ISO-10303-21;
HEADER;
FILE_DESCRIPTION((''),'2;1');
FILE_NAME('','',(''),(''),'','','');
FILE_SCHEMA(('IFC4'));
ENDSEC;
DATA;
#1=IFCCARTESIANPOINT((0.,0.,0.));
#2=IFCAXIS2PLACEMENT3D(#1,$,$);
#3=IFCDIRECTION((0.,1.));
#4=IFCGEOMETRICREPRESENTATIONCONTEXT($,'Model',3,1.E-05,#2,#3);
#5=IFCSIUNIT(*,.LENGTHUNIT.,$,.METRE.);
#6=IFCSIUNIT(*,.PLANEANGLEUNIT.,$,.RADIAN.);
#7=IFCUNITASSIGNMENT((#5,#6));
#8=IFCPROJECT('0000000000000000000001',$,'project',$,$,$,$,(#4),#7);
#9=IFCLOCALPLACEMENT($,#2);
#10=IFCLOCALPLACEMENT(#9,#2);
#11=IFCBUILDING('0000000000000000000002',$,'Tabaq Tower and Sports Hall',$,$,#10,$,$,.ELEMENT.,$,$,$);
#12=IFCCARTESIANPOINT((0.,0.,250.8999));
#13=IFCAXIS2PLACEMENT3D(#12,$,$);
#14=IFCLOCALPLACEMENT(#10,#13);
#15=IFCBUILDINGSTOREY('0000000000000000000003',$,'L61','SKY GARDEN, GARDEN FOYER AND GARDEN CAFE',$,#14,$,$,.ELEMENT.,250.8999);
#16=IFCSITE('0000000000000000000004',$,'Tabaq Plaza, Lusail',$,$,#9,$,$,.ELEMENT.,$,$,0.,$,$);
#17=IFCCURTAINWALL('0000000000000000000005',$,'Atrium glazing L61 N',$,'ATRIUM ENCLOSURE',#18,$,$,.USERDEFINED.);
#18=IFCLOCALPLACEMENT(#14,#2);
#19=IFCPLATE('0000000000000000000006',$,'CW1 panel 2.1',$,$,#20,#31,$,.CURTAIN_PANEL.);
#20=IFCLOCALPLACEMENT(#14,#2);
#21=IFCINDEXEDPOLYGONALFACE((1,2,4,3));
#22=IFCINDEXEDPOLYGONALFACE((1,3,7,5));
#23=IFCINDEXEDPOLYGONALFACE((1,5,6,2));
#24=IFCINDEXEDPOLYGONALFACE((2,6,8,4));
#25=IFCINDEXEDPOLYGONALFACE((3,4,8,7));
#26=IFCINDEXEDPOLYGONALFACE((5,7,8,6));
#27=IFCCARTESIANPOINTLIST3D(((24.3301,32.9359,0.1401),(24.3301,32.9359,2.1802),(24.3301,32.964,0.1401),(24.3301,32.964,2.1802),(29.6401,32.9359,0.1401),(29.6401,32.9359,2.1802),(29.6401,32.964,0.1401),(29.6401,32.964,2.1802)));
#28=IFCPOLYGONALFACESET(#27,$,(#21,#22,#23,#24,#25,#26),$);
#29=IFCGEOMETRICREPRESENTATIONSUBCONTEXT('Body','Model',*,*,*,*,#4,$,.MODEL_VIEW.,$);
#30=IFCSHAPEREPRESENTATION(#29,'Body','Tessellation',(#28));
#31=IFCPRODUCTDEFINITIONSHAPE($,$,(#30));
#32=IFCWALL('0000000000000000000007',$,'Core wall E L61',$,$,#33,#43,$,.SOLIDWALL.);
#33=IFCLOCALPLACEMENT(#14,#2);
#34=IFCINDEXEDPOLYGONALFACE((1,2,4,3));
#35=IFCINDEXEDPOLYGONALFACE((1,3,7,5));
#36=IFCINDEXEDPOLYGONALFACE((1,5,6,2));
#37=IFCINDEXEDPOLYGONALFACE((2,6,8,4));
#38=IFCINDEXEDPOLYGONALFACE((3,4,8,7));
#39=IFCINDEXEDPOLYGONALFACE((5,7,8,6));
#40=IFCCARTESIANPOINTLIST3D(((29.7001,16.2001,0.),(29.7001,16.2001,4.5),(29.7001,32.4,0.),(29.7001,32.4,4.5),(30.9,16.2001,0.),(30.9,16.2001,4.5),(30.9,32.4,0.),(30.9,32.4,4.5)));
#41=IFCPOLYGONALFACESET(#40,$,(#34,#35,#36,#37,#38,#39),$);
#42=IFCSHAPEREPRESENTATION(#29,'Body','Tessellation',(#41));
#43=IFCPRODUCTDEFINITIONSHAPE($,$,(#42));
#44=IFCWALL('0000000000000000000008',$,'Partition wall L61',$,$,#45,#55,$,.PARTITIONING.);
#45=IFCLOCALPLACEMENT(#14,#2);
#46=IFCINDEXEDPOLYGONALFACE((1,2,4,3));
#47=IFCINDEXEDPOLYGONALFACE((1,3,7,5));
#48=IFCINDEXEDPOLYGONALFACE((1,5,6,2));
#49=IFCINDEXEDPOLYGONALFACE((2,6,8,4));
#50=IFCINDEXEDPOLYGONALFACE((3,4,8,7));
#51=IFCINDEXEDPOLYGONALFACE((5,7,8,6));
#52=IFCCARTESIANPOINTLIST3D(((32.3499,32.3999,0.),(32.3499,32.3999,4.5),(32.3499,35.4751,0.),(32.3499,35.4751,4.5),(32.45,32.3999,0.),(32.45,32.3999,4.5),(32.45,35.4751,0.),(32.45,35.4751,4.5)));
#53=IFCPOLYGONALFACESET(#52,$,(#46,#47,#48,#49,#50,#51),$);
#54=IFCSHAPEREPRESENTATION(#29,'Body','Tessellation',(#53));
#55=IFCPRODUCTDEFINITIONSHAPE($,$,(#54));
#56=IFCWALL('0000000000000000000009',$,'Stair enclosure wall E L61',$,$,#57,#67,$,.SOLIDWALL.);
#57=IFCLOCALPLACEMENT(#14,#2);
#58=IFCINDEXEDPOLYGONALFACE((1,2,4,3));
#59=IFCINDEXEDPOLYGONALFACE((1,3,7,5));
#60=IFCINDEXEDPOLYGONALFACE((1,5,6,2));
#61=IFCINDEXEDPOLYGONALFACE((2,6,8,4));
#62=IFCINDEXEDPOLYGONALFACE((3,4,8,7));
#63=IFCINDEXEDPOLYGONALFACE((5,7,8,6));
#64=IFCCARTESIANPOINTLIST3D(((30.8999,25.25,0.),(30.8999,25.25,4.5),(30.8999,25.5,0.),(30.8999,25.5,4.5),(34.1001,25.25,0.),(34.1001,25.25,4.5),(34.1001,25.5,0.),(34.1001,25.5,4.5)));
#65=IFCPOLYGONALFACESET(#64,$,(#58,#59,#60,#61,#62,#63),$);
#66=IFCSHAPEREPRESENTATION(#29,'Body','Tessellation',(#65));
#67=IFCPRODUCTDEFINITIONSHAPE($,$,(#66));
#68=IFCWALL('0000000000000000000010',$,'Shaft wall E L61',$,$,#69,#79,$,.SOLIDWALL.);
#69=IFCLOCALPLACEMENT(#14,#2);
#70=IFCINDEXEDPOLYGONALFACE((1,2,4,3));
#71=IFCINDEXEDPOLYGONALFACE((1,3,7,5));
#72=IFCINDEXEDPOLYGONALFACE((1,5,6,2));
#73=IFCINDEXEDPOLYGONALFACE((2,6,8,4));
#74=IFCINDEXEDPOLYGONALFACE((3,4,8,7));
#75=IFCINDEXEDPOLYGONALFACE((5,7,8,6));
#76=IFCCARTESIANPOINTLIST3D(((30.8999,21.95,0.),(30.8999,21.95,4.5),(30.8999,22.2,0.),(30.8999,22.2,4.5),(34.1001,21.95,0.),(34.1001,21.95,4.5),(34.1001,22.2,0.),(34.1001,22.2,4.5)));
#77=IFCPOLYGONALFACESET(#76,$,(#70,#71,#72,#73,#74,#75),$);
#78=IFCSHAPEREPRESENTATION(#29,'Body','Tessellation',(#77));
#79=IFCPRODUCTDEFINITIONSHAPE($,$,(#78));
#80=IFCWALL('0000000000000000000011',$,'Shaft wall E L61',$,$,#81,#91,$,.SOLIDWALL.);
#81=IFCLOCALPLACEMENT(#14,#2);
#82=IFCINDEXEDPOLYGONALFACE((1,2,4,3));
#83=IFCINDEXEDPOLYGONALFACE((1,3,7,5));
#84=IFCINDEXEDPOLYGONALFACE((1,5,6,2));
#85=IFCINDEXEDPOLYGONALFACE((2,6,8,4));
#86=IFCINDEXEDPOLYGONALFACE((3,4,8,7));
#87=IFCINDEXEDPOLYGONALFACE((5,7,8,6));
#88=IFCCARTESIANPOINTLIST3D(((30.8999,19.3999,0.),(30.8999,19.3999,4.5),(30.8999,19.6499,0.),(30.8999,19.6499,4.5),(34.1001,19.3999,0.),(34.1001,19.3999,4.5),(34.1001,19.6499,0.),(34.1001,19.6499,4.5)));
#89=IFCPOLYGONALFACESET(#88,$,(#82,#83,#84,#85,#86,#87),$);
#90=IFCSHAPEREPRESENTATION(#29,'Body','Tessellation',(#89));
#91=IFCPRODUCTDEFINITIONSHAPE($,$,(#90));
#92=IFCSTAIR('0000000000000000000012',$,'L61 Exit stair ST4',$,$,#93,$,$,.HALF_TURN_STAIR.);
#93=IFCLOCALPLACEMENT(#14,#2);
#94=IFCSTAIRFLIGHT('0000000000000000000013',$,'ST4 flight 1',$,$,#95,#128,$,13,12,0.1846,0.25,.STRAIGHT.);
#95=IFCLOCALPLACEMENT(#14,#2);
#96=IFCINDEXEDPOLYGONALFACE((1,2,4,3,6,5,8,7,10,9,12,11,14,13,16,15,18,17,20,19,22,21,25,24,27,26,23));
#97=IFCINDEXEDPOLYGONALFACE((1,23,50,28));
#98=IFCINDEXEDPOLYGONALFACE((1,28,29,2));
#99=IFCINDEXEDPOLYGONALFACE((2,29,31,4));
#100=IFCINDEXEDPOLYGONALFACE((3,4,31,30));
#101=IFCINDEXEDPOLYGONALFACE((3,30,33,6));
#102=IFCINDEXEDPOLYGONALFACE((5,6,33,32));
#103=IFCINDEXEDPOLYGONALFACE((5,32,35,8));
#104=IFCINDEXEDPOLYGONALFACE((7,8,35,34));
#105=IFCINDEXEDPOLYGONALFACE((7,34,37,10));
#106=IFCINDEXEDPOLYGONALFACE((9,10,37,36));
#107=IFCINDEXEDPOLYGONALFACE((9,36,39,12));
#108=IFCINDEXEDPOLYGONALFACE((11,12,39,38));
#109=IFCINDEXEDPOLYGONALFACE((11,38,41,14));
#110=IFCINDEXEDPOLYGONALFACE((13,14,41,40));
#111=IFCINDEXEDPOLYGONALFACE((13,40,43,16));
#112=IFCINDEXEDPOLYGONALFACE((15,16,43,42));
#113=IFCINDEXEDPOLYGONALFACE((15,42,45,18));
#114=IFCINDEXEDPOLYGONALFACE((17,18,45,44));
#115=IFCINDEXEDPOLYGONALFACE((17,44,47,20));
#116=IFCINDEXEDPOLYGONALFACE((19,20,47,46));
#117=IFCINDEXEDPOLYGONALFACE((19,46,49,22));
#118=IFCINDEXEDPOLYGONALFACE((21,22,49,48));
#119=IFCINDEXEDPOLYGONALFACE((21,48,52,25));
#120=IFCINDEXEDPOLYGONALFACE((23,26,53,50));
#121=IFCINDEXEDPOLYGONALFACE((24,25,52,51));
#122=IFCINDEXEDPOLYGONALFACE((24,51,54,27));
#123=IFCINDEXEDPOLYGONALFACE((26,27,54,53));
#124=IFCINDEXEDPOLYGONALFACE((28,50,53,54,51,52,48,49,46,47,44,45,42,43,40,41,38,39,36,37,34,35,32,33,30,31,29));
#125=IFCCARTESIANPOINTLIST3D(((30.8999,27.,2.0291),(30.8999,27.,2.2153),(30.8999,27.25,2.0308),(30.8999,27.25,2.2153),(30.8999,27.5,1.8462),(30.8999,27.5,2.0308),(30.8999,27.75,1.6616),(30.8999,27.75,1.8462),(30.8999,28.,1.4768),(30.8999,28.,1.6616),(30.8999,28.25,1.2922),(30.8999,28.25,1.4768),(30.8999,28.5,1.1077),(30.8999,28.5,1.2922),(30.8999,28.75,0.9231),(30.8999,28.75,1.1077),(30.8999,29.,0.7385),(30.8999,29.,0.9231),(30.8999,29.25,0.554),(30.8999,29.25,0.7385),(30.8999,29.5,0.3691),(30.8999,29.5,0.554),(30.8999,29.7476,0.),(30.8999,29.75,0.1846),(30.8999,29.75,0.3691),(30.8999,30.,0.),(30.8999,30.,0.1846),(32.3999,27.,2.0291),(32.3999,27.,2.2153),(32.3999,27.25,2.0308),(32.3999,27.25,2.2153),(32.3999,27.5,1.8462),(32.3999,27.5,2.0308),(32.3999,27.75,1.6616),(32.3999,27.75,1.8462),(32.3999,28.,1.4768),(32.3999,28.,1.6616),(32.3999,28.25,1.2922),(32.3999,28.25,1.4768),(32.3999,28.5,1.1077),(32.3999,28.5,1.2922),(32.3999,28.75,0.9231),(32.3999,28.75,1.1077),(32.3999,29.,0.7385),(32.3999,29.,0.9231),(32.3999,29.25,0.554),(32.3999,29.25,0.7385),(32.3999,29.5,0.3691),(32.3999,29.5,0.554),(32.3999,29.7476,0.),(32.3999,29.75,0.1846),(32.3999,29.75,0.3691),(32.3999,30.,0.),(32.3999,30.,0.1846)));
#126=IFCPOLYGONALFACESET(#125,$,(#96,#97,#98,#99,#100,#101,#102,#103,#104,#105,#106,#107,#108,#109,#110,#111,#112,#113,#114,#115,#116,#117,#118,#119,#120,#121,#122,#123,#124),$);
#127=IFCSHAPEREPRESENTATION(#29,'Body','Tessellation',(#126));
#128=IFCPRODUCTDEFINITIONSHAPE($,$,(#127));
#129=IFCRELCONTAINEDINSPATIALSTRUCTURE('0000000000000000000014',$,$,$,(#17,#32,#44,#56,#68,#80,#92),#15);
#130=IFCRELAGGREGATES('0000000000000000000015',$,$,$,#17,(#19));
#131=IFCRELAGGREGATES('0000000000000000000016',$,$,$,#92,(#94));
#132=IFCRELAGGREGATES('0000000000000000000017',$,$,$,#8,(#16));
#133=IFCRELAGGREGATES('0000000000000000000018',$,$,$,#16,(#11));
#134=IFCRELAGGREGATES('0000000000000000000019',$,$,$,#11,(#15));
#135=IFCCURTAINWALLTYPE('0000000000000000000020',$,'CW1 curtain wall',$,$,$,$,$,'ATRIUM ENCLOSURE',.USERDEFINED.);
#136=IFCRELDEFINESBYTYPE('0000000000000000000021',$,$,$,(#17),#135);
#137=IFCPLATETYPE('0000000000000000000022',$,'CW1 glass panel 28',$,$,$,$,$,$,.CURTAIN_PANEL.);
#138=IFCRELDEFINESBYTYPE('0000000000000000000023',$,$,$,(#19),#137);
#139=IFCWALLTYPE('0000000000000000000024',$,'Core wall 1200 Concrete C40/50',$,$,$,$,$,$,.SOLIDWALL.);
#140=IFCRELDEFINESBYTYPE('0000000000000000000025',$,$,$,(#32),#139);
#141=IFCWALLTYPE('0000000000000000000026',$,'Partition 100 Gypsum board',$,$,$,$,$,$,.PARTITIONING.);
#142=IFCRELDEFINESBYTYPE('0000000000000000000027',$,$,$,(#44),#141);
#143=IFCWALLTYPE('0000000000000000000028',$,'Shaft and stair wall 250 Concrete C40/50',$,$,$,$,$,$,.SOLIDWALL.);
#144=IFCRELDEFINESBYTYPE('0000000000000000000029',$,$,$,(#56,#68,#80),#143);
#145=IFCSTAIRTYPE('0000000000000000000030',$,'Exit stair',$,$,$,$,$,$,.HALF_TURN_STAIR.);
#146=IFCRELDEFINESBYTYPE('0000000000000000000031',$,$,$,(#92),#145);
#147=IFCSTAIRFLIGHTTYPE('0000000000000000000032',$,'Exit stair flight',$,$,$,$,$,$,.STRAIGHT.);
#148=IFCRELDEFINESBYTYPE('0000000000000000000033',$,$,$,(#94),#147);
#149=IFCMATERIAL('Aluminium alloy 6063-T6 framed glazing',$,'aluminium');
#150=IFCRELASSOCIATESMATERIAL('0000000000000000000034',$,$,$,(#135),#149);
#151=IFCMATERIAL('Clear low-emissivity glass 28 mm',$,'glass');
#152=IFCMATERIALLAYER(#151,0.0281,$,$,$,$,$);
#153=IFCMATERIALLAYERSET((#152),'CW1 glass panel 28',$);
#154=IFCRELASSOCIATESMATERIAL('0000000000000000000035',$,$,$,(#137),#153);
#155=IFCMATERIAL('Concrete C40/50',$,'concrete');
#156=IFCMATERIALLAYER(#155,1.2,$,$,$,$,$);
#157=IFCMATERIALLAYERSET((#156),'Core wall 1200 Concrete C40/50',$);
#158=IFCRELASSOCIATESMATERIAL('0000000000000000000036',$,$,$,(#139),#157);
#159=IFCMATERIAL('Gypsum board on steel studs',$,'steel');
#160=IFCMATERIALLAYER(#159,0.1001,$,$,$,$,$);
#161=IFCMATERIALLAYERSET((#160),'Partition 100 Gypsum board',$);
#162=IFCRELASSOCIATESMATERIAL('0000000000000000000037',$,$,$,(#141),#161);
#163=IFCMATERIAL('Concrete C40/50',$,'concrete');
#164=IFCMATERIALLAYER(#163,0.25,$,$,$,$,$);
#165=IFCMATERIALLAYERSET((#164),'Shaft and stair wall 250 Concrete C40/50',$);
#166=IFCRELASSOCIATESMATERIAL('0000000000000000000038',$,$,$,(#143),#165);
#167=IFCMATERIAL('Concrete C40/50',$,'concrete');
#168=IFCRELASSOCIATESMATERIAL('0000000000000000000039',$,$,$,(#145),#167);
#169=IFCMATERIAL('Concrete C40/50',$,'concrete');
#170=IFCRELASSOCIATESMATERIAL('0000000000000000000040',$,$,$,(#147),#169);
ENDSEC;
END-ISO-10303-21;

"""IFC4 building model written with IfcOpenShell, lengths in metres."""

from ifc_helpers import new_model, si_unit, direction, frame, frame_2d, origin, origin_2d, place, context, subcontext, project, spatial, polyline, rectangle, outline, extrude, material, layer, layer_set, type_object, element, aggregate, save


model = new_model("IFC4")

# Units and contexts
model_context = context("Model", 3, precision=1e-05, world=origin(), true_north=direction((0.0, 1.0)))
body_context = subcontext(model_context, "Body", "Model", "MODEL_VIEW")
ifc_project = project(units=[si_unit("LENGTHUNIT", "METRE"), si_unit("PLANEANGLEUNIT", "RADIAN")], contexts=[model_context])

# Site, building, storey
site_placement = place(None, origin())
site = spatial("IfcSite", under=ifc_project, at=site_placement, Name="Tabaq Plaza, Lusail", CompositionType="ELEMENT", RefElevation=0.0)
building_placement = place(site_placement, origin())
building = spatial("IfcBuilding", under=site, at=building_placement, Name="Tabaq Tower and Sports Hall", CompositionType="ELEMENT")
storey_placement = place(building_placement, frame((0.0, 0.0, 250.8999)))
storey = spatial("IfcBuildingStorey", under=building, at=storey_placement, Name="L61", Description="SKY GARDEN, GARDEN FOYER AND GARDEN CAFE", CompositionType="ELEMENT", Elevation=250.8999)

# Curtain wall
ifc_material_1 = material(Name="Aluminium alloy 6063-T6 framed glazing", Category="aluminium")
curtain_wall_type = type_object("IfcCurtainWallType", Name="CW1 curtain wall", ElementType="ATRIUM ENCLOSURE", PredefinedType="USERDEFINED", material=ifc_material_1)
curtain_wall_1_placement = place(storey_placement, origin())
curtain_wall_1 = element("IfcCurtainWall", 1, at=curtain_wall_1_placement, inside=storey, type_object=curtain_wall_type, Name="Atrium glazing L61 N", ObjectType="ATRIUM ENCLOSURE", PredefinedType="USERDEFINED")

# Plate
ifc_material_2 = material(Name="Clear low-emissivity glass 28 mm", Category="glass")
ifc_layer_1 = layer(ifc_material_2, 0.0281)
ifc_layer_set_1 = layer_set([ifc_layer_1], Name="CW1 glass panel 28")
plate_type = type_object("IfcPlateType", Name="CW1 glass panel 28", PredefinedType="CURTAIN_PANEL", material=ifc_layer_set_1)
plate_1_placement = place(storey_placement, frame((26.9851, 32.95, 0.1401), z_axis=(0.0, 0.0, 1.0), x_axis=(1.0, 0.0, 0.0)))
plate_1 = element("IfcPlate", 2, at=plate_1_placement, type_object=plate_type, Name="CW1 panel 2.1", PredefinedType="CURTAIN_PANEL", context=body_context, shape_type="SweptSolid", body=[
    extrude(rectangle(XDim=5.3101, YDim=0.0281, at=origin_2d()), origin(), (0.0, 0.0, 1.0), 2.04),
])
aggregate(curtain_wall_1, [plate_1])

# Wall
ifc_material_3 = material(Name="Concrete C40/50", Category="concrete")
ifc_layer_2 = layer(ifc_material_3, 1.2)
ifc_layer_set_2 = layer_set([ifc_layer_2], Name="Core wall 1200 Concrete C40/50")
wall_type_1 = type_object("IfcWallType", Name="Core wall 1200 Concrete C40/50", PredefinedType="SOLIDWALL", material=ifc_layer_set_2)
wall_1_placement = place(storey_placement, frame((30.3, 16.2, 0.0), z_axis=(0.0, 0.0, 1.0), x_axis=(0.0, 1.0, 0.0)))
element("IfcWall", 3, at=wall_1_placement, inside=storey, type_object=wall_type_1, Name="Core wall E L61", PredefinedType="SOLIDWALL", context=body_context, shape_type="SweptSolid", body=[
    extrude(rectangle(XDim=16.2, YDim=1.2, at=frame_2d((8.1001, 0.0))), origin(), (0.0, 0.0, 1.0), 4.5),
])

# Walls
ifc_material_4 = material(Name="Gypsum board on steel studs", Category="steel")
ifc_layer_3 = layer(ifc_material_4, 0.1001)
ifc_layer_set_3 = layer_set([ifc_layer_3], Name="Partition 100 Gypsum board")
wall_type_2 = type_object("IfcWallType", Name="Partition 100 Gypsum board", PredefinedType="PARTITIONING", material=ifc_layer_set_3)
wall_2_placement = place(storey_placement, frame((32.3999, 32.3999, 0.0), z_axis=(0.0, 0.0, 1.0), x_axis=(0.0, 1.0, 0.0)))
element("IfcWall", 4, at=wall_2_placement, inside=storey, type_object=wall_type_2, Name="Partition wall L61", PredefinedType="PARTITIONING", context=body_context, shape_type="SweptSolid", body=[
    extrude(rectangle(XDim=3.0752, YDim=0.1001, at=frame_2d((1.5376, 0.0))), origin(), (0.0, 0.0, 1.0), 4.5),
])
ifc_material_5 = material(Name="Concrete C40/50", Category="concrete")
ifc_layer_4 = layer(ifc_material_5, 0.25)
ifc_layer_set_4 = layer_set([ifc_layer_4], Name="Shaft and stair wall 250 Concrete C40/50")
wall_type_3 = type_object("IfcWallType", Name="Shaft and stair wall 250 Concrete C40/50", PredefinedType="SOLIDWALL", material=ifc_layer_set_4)
for number, where, z_axis, x_axis, name in (
    (5, (30.8999, 25.375, 0.0), (0.0, 0.0, 1.0), (1.0, 0.0, 0.0), "Stair enclosure wall E L61"),
    (6, (30.8999, 22.075, 0.0), (0.0, 0.0, 1.0), (1.0, 0.0, 0.0), "Shaft wall E L61"),
    (7, (30.8999, 19.5249, 0.0), (0.0, 0.0, 1.0), (1.0, 0.0, 0.0), "Shaft wall E L61"),
):
    element("IfcWall", number, at=place(storey_placement, frame(where, z_axis=z_axis, x_axis=x_axis)), inside=storey, type_object=wall_type_3, Name=name, PredefinedType="SOLIDWALL", context=body_context, shape_type="SweptSolid", body=[
        extrude(rectangle(XDim=3.2002, YDim=0.25, at=frame_2d((1.6001, 0.0))), origin(), (0.0, 0.0, 1.0), 4.5),
    ])

# Stair, stair flight
ifc_material_6 = material(Name="Concrete C40/50", Category="concrete")
stair_type = type_object("IfcStairType", Name="Exit stair", PredefinedType="HALF_TURN_STAIR", material=ifc_material_6)
stair_placement = place(storey_placement, origin())
stair = element("IfcStair", 8, at=stair_placement, inside=storey, type_object=stair_type, Name="L61 Exit stair ST4", PredefinedType="HALF_TURN_STAIR")
ifc_material_7 = material(Name="Concrete C40/50", Category="concrete")
stair_flight_type = type_object("IfcStairFlightType", Name="Exit stair flight", PredefinedType="STRAIGHT", material=ifc_material_7)
stair_flight_placement = place(storey_placement, frame((31.6499, 30.0, 0.0), z_axis=(0.0, 0.0, 1.0), x_axis=(0.0, -1.0, 0.0)))
stair_flight = element("IfcStairFlight", 9, at=stair_flight_placement, type_object=stair_flight_type, Name="ST4 flight 1", NumberOfRisers=13, NumberOfTreads=12, PredefinedType="STRAIGHT", RiserHeight=0.1846, TreadLength=0.25, context=body_context, shape_type="SweptSolid", body=[
    extrude(outline(polyline([(0.0, 0.0), (0.0, 0.1846), (0.25, 0.1846), (0.25, 0.3691), (0.5, 0.3691), (0.5, 0.554), (0.75, 0.554), (0.75, 0.7385), (1.0, 0.7385), (1.0, 0.9231), (1.25, 0.9231), (1.25, 1.1077), (1.5, 1.1077), (1.5, 1.2922), (1.75, 1.2922), (1.75, 1.4768), (2.0, 1.4768), (2.0, 1.6616), (2.25, 1.6616), (2.25, 1.8462), (2.5, 1.8462), (2.5, 2.0308), (2.75, 2.0308), (2.75, 2.2153), (3.0, 2.2153), (3.0, 2.3999), (3.0, 2.0291), (0.2524, 0.0), (0.0, 0.0)])), frame((0.0, 0.75, 0.0), z_axis=(0.0, -1.0, 0.0), x_axis=(1.0, 0.0, 0.0)), (0.0, 0.0, 1.0), 1.5),
])
aggregate(stair, [stair_flight])

save(model, "model.ifc")
